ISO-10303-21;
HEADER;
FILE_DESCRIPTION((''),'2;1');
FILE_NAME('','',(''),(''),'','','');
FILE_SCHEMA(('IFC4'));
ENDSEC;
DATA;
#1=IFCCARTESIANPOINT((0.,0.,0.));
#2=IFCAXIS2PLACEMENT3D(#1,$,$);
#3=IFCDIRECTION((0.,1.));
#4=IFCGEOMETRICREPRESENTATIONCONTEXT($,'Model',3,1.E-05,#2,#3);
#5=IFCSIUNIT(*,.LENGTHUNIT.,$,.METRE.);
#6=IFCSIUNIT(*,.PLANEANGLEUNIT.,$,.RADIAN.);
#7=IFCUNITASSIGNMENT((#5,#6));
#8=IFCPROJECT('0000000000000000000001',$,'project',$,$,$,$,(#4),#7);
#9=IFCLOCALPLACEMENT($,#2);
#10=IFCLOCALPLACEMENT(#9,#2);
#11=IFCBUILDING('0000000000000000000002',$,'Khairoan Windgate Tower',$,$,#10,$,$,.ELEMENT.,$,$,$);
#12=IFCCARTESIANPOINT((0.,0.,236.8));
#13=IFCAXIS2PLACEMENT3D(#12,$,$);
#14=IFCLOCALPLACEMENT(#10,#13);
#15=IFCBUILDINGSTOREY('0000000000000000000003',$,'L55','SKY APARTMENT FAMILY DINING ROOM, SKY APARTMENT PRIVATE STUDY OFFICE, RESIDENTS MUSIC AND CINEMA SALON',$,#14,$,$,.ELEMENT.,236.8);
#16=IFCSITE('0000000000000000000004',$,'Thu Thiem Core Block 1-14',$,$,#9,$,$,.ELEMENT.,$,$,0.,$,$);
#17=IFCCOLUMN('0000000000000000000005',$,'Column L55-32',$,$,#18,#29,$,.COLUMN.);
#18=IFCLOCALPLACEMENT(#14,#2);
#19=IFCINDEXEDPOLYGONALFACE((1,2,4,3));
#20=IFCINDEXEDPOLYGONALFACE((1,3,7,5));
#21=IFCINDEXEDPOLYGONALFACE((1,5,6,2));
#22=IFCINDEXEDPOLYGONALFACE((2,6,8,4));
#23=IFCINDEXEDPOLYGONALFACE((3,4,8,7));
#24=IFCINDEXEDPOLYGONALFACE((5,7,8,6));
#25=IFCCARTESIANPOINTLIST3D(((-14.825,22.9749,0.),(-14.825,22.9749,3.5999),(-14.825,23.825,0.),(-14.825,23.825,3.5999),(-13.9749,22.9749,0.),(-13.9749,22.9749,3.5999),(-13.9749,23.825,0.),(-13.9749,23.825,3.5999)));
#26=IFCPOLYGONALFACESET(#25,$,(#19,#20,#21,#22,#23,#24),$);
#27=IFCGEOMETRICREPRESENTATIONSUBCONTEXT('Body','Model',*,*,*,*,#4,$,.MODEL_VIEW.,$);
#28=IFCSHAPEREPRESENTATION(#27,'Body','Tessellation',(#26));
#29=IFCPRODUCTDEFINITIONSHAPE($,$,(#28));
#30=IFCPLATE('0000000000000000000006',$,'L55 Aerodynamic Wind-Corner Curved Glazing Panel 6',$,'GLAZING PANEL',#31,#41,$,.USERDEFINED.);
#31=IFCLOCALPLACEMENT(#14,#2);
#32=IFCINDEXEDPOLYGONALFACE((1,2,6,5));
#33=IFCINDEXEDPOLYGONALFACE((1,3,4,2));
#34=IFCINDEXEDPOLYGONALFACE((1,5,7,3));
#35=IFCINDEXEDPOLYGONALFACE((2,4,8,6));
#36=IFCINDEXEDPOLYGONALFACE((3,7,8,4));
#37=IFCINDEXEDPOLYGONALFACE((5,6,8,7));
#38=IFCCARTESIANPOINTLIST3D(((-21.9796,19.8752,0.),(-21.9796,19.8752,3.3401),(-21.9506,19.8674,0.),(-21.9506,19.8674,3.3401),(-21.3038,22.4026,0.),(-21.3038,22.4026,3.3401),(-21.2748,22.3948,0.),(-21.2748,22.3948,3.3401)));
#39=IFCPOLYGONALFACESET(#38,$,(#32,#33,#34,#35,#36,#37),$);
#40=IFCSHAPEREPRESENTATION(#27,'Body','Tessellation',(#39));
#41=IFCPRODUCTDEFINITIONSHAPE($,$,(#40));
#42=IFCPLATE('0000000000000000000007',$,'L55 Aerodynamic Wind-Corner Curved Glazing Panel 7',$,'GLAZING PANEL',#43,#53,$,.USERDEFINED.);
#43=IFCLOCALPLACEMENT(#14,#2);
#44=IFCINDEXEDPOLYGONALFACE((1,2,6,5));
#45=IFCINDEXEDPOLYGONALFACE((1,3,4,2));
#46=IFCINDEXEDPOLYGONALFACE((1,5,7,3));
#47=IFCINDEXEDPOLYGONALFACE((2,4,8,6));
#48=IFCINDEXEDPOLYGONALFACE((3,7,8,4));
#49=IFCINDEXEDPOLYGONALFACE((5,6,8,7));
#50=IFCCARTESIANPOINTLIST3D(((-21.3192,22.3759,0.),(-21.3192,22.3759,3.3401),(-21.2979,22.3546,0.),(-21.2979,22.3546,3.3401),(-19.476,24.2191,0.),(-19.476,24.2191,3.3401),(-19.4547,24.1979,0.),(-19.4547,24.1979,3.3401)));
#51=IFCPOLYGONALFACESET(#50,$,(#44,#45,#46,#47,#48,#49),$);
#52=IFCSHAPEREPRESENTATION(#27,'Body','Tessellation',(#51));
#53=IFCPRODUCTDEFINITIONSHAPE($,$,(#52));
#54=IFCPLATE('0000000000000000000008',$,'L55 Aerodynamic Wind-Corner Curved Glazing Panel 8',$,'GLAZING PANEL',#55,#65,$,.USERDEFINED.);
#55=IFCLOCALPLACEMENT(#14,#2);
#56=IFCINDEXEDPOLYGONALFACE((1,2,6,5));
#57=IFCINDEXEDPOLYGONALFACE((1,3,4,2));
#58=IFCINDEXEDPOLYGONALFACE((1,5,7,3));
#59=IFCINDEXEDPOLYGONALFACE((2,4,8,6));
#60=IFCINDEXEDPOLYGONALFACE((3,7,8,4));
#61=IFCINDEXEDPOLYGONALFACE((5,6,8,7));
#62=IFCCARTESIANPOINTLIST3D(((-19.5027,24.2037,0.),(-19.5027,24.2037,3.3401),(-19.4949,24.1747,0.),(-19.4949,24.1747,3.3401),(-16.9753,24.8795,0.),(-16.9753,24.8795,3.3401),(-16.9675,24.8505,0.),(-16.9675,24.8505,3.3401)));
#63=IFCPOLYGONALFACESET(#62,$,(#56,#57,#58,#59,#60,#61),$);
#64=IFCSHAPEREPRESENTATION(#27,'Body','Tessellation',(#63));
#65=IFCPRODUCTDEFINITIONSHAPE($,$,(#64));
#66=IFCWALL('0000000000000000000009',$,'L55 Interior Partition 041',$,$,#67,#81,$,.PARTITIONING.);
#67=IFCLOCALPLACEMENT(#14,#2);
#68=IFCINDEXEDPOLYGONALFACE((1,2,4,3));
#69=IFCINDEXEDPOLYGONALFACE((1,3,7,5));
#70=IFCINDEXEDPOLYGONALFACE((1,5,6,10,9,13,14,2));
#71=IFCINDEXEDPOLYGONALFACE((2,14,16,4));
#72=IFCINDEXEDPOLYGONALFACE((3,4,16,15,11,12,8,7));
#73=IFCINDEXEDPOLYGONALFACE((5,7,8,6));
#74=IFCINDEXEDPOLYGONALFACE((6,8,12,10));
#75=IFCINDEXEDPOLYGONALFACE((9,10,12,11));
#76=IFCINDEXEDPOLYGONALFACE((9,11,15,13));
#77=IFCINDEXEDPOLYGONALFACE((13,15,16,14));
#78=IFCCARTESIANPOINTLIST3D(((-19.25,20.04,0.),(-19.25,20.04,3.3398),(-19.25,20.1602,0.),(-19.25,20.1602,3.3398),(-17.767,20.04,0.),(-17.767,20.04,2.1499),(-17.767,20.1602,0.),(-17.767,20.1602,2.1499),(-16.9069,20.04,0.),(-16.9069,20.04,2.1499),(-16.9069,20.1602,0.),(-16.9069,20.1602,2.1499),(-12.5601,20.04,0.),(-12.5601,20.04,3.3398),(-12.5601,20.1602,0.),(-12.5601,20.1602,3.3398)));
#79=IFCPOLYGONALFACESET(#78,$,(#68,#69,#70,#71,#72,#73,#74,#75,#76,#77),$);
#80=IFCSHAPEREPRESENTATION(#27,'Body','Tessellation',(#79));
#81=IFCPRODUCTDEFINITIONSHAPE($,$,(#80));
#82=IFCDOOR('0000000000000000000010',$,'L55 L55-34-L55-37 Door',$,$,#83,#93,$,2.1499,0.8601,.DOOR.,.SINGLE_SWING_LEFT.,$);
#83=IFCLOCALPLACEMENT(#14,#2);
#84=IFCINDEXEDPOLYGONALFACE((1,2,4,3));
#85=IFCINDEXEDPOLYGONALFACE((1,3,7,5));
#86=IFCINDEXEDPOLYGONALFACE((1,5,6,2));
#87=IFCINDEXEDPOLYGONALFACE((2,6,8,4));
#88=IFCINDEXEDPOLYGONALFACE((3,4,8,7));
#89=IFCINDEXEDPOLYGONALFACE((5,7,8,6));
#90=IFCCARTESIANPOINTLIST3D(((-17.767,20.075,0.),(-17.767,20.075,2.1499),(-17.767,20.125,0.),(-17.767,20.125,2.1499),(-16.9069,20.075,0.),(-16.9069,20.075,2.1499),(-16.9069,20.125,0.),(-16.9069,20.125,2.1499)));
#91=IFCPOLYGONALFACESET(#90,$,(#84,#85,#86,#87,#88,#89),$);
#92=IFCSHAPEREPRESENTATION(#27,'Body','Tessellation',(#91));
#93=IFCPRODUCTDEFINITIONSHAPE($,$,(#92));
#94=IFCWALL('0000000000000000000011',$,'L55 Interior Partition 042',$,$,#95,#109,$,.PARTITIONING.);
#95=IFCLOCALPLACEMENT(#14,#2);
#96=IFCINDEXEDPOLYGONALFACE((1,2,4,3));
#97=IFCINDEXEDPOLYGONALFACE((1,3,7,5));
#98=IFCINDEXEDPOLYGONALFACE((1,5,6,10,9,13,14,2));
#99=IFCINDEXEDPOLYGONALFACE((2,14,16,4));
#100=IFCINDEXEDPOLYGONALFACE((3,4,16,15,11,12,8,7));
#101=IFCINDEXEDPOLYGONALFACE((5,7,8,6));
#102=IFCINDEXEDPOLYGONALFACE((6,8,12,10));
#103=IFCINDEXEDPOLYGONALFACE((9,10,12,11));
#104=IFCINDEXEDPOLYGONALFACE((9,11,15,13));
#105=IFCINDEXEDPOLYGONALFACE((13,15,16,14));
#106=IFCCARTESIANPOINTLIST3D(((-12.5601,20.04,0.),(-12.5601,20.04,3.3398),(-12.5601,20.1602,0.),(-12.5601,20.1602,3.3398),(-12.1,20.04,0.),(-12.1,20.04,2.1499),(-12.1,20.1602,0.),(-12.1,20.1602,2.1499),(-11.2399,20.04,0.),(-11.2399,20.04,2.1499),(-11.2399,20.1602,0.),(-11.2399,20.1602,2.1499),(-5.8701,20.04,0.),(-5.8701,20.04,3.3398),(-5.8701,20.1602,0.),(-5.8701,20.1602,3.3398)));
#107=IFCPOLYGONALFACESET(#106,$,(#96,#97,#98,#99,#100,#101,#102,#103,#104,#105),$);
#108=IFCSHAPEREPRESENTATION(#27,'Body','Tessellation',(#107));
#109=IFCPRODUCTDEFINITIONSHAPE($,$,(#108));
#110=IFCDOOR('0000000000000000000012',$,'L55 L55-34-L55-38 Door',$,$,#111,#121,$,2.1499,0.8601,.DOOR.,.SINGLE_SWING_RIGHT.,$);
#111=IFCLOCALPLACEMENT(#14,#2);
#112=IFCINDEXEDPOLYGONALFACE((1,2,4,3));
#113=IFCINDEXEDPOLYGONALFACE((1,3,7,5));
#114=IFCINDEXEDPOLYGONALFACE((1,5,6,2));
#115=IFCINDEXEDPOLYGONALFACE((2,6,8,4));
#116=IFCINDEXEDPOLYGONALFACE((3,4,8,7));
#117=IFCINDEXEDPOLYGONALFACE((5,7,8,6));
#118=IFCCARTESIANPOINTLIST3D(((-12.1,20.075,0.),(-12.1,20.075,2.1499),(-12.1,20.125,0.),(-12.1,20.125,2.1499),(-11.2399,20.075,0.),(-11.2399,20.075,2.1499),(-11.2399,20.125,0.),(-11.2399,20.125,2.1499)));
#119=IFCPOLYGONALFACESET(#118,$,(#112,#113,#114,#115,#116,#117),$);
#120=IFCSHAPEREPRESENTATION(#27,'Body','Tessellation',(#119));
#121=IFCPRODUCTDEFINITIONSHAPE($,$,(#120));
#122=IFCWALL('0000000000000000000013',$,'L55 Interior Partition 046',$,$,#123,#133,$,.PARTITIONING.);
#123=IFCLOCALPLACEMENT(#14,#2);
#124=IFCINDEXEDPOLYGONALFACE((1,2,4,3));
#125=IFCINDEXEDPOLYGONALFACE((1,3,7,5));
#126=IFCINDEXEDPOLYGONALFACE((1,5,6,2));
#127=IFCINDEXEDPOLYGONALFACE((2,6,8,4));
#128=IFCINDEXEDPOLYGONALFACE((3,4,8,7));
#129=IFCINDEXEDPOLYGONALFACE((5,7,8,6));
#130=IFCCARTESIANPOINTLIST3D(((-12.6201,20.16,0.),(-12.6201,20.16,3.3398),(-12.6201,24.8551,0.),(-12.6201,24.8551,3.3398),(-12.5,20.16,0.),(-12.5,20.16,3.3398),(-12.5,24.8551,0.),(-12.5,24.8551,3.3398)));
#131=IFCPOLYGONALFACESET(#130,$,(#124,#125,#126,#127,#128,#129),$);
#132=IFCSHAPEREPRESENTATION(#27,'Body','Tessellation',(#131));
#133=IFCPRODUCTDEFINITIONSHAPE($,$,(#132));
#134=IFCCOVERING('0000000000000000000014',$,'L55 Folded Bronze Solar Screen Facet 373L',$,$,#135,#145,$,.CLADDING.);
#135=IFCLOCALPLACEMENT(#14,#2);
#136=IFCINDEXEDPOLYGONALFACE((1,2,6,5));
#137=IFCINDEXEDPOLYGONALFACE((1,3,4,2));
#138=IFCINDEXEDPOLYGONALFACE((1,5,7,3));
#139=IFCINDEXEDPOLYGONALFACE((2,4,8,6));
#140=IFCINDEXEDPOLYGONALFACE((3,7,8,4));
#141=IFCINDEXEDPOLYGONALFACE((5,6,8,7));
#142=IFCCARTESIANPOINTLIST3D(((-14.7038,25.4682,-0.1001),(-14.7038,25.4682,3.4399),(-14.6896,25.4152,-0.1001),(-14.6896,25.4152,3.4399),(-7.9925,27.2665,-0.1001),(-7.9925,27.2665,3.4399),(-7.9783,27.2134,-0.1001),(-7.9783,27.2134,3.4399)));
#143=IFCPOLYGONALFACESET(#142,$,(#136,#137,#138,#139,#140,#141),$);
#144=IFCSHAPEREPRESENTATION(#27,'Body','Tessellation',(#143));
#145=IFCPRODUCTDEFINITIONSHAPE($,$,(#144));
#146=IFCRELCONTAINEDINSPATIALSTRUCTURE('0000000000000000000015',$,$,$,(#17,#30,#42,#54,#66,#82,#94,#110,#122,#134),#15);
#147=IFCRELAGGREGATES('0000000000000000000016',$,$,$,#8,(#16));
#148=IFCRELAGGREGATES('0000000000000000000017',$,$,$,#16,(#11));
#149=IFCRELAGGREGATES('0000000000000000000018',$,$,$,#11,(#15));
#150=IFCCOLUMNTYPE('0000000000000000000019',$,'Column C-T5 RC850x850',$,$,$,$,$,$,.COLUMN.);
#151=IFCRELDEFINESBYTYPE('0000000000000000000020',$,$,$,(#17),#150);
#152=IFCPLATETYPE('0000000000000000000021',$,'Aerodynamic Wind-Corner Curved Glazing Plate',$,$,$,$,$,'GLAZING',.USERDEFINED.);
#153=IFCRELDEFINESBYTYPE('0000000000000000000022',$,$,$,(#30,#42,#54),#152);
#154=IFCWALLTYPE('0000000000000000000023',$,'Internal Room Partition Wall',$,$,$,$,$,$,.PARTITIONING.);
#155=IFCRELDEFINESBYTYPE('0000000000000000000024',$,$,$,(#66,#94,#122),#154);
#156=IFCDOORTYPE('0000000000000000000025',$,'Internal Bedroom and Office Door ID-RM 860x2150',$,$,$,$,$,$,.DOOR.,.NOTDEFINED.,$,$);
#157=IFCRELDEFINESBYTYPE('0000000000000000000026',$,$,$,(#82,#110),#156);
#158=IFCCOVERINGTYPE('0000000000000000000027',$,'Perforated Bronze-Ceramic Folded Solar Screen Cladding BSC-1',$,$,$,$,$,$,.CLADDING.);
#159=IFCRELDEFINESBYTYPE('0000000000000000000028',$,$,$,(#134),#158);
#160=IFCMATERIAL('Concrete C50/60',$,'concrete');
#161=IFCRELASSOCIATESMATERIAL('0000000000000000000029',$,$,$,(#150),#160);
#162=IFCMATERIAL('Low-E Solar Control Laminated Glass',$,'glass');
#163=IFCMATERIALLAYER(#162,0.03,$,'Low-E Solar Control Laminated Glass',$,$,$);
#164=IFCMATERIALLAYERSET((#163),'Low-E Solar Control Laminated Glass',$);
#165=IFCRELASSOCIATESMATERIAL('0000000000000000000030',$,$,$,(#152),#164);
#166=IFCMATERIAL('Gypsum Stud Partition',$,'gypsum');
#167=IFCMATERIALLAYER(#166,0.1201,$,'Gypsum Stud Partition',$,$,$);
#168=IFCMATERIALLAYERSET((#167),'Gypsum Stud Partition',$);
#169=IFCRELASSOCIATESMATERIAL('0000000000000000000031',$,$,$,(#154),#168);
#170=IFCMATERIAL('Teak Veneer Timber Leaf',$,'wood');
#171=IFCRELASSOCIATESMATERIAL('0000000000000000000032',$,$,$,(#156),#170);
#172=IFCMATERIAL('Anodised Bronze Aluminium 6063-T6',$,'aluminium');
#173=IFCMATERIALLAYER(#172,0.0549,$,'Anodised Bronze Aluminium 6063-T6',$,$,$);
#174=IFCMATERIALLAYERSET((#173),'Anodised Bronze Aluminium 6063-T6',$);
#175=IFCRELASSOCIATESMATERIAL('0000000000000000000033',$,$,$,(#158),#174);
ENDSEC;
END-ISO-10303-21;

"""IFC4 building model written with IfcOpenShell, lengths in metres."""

from ifc_helpers import new_model, si_unit, direction, frame, frame_2d, origin, origin_2d, place, context, subcontext, project, spatial, rectangle, extrude, material, layer, layer_set, material_profile, profile_set, type_object, element, fill, save


model = new_model("IFC4")

# Units and contexts
model_context = context("Model", 3, precision=1e-05, world=origin(), true_north=direction((0.0, 1.0)))
body_context = subcontext(model_context, "Body", "Model", "MODEL_VIEW")
ifc_project = project(units=[si_unit("LENGTHUNIT", "METRE"), si_unit("PLANEANGLEUNIT", "RADIAN")], contexts=[model_context])

# Site, building, storey
site_placement = place(None, origin())
site = spatial("IfcSite", under=ifc_project, at=site_placement, Name="Thu Thiem Core Block 1-14", CompositionType="ELEMENT", RefElevation=0.0)
building_placement = place(site_placement, origin())
building = spatial("IfcBuilding", under=site, at=building_placement, Name="Khairoan Windgate Tower", CompositionType="ELEMENT")
storey_placement = place(building_placement, frame((0.0, 0.0, 236.8)))
storey = spatial("IfcBuildingStorey", under=building, at=storey_placement, Name="L55", Description="SKY APARTMENT FAMILY DINING ROOM, SKY APARTMENT PRIVATE STUDY OFFICE, RESIDENTS MUSIC AND CINEMA SALON", CompositionType="ELEMENT", Elevation=236.8)

# Column
ifc_material_1 = material(Name="Concrete C50/60", Category="concrete")
ifc_material_profile_1 = material_profile(ifc_material_1, rectangle(XDim=0.8501, YDim=0.8501, at=origin_2d()))
ifc_profile_set_1 = profile_set([ifc_material_profile_1], Name="Concrete C50/60")
column_type = type_object("IfcColumnType", Name="Column C-T5 RC850x850", PredefinedType="COLUMN", material=ifc_profile_set_1)
column_placement = place(storey_placement, frame((-14.3999, 23.3999, 0.0), z_axis=(0.0, 0.0, 1.0), x_axis=(1.0, 0.0, 0.0)))
element("IfcColumn", 1, at=column_placement, inside=storey, type_object=column_type, Name="Column L55-32", PredefinedType="COLUMN", context=body_context, shape_type="SweptSolid", body=[
    extrude(rectangle(XDim=0.8501, YDim=0.8501, at=origin_2d()), origin(), (0.0, 0.0, 1.0), 3.5999),
])

# Plates
ifc_material_2 = material(Name="Low-E Solar Control Laminated Glass", Category="glass")
ifc_layer_1 = layer(ifc_material_2, 0.03, Name="Low-E Solar Control Laminated Glass")
ifc_layer_set_1 = layer_set([ifc_layer_1], Name="Low-E Solar Control Laminated Glass")
plate_type_1 = type_object("IfcPlateType", Name="Aerodynamic Wind-Corner Curved Glazing Plate", ElementType="GLAZING", PredefinedType="USERDEFINED", material=ifc_layer_set_1)
plate_1_placement = place(storey_placement, frame((-21.6272, 21.135, 0.0), z_axis=(0.0, 0.0, 1.0), x_axis=(0.258313, 0.966061, 0.0)))
element("IfcPlate", 2, at=plate_1_placement, inside=storey, type_object=plate_type_1, Name="L55 Aerodynamic Wind-Corner Curved Glazing Panel 6", ObjectType="GLAZING PANEL", PredefinedType="USERDEFINED", context=body_context, shape_type="SweptSolid", body=[
    extrude(rectangle(XDim=2.6162, YDim=0.03, at=origin_2d()), origin(), (0.0, 0.0, 1.0), 3.3401),
])
plate_2_placement = place(storey_placement, frame((-20.387, 23.2869, 0.0), z_axis=(0.0, 0.0, 1.0), x_axis=(0.707107, 0.707107, 0.0)))
element("IfcPlate", 3, at=plate_2_placement, inside=storey, type_object=plate_type_1, Name="L55 Aerodynamic Wind-Corner Curved Glazing Panel 7", ObjectType="GLAZING PANEL", PredefinedType="USERDEFINED", context=body_context, shape_type="SweptSolid", body=[
    extrude(rectangle(XDim=2.6067, YDim=0.03, at=origin_2d()), origin(), (0.0, 0.0, 1.0), 3.3401),
])
plate_3_placement = place(storey_placement, frame((-18.2351, 24.5271, 0.0), z_axis=(0.0, 0.0, 1.0), x_axis=(0.966061, 0.258313, 0.0)))
element("IfcPlate", 4, at=plate_3_placement, inside=storey, type_object=plate_type_1, Name="L55 Aerodynamic Wind-Corner Curved Glazing Panel 8", ObjectType="GLAZING PANEL", PredefinedType="USERDEFINED", context=body_context, shape_type="SweptSolid", body=[
    extrude(rectangle(XDim=2.6162, YDim=0.03, at=origin_2d()), origin(), (0.0, 0.0, 1.0), 3.3401),
])

# Walls, openings, doors
ifc_material_3 = material(Name="Gypsum Stud Partition", Category="gypsum")
ifc_layer_2 = layer(ifc_material_3, 0.1201, Name="Gypsum Stud Partition")
ifc_layer_set_2 = layer_set([ifc_layer_2], Name="Gypsum Stud Partition")
wall_type = type_object("IfcWallType", Name="Internal Room Partition Wall", PredefinedType="PARTITIONING", material=ifc_layer_set_2)
wall_1_placement = place(storey_placement, frame((-19.25, 20.1001, 0.0), z_axis=(0.0, 0.0, 1.0), x_axis=(1.0, 0.0, 0.0)))
wall_1 = element("IfcWall", 5, at=wall_1_placement, inside=storey, type_object=wall_type, Name="L55 Interior Partition 041", PredefinedType="PARTITIONING", context=body_context, shape_type="SweptSolid", body=[
    extrude(rectangle(XDim=6.6899, YDim=0.1201, at=frame_2d((3.345, 0.0))), origin(), (0.0, 0.0, 1.0), 3.3398),
])
opening_1_placement = place(wall_1_placement, frame((1.4829, 0.0, 0.0)))
opening_1 = element("IfcOpeningElement", 6, at=opening_1_placement, cuts=wall_1, PredefinedType="OPENING", context=body_context, shape_type="SweptSolid", body=[
    extrude(rectangle(XDim=0.8601, YDim=2.1499, at=frame_2d((0.4302, 1.075))), frame((0.0, 0.0701, 0.0), z_axis=(0.0, -1.0, 0.0), x_axis=(1.0, 0.0, 0.0)), (0.0, 0.0, 1.0), 0.1401),
])
ifc_material_4 = material(Name="Teak Veneer Timber Leaf", Category="wood")
door_type = type_object("IfcDoorType", Name="Internal Bedroom and Office Door ID-RM 860x2150", OperationType="NOTDEFINED", PredefinedType="DOOR", material=ifc_material_4)
door_1_placement = place(opening_1_placement, origin())
door_1 = element("IfcDoor", 7, at=door_1_placement, inside=storey, type_object=door_type, Name="L55 L55-34-L55-37 Door", OperationType="SINGLE_SWING_LEFT", OverallHeight=2.1499, OverallWidth=0.8601, PredefinedType="DOOR", context=body_context, shape_type="SweptSolid", body=[
    extrude(rectangle(XDim=0.8601, YDim=2.1499, at=frame_2d((0.4302, 1.075))), frame((0.0, 0.0249, 0.0), z_axis=(0.0, -1.0, 0.0), x_axis=(1.0, 0.0, 0.0)), (0.0, 0.0, 1.0), 0.05),
])
fill(opening_1, door_1)
wall_2_placement = place(storey_placement, frame((-12.5601, 20.1001, 0.0), z_axis=(0.0, 0.0, 1.0), x_axis=(1.0, 0.0, 0.0)))
wall_2 = element("IfcWall", 8, at=wall_2_placement, inside=storey, type_object=wall_type, Name="L55 Interior Partition 042", PredefinedType="PARTITIONING", context=body_context, shape_type="SweptSolid", body=[
    extrude(rectangle(XDim=6.6899, YDim=0.1201, at=frame_2d((3.345, 0.0))), origin(), (0.0, 0.0, 1.0), 3.3398),
])
opening_2_placement = place(wall_2_placement, frame((0.46, 0.0, 0.0)))
opening_2 = element("IfcOpeningElement", 9, at=opening_2_placement, cuts=wall_2, PredefinedType="OPENING", context=body_context, shape_type="SweptSolid", body=[
    extrude(rectangle(XDim=0.8601, YDim=2.1499, at=frame_2d((0.4302, 1.075))), frame((0.0, 0.0701, 0.0), z_axis=(0.0, -1.0, 0.0), x_axis=(1.0, 0.0, 0.0)), (0.0, 0.0, 1.0), 0.1401),
])
door_2_placement = place(opening_2_placement, origin())
door_2 = element("IfcDoor", 10, at=door_2_placement, inside=storey, type_object=door_type, Name="L55 L55-34-L55-38 Door", OperationType="SINGLE_SWING_RIGHT", OverallHeight=2.1499, OverallWidth=0.8601, PredefinedType="DOOR", context=body_context, shape_type="SweptSolid", body=[
    extrude(rectangle(XDim=0.8601, YDim=2.1499, at=frame_2d((0.4302, 1.075))), frame((0.0, 0.0249, 0.0), z_axis=(0.0, -1.0, 0.0), x_axis=(1.0, 0.0, 0.0)), (0.0, 0.0, 1.0), 0.05),
])
fill(opening_2, door_2)

# Wall
wall_3_placement = place(storey_placement, frame((-12.5601, 20.1599, 0.0), z_axis=(0.0, 0.0, 1.0), x_axis=(0.0, 1.0, 0.0)))
element("IfcWall", 11, at=wall_3_placement, inside=storey, type_object=wall_type, Name="L55 Interior Partition 046", PredefinedType="PARTITIONING", context=body_context, shape_type="SweptSolid", body=[
    extrude(rectangle(XDim=4.6951, YDim=0.1201, at=frame_2d((2.3477, 0.0))), origin(), (0.0, 0.0, 1.0), 3.3398),
])

# Covering
ifc_material_5 = material(Name="Anodised Bronze Aluminium 6063-T6", Category="aluminium")
ifc_layer_3 = layer(ifc_material_5, 0.0549, Name="Anodised Bronze Aluminium 6063-T6")
ifc_layer_set_3 = layer_set([ifc_layer_3], Name="Anodised Bronze Aluminium 6063-T6")
covering_type = type_object("IfcCoveringType", Name="Perforated Bronze-Ceramic Folded Solar Screen Cladding BSC-1", PredefinedType="CLADDING", material=ifc_layer_set_3)
covering_placement = place(storey_placement, frame((-11.3411, 26.3408, -0.1001), z_axis=(0.0, 0.0, 1.0), x_axis=(0.965926, 0.258819, 0.0)))
element("IfcCovering", 12, at=covering_placement, inside=storey, type_object=covering_type, Name="L55 Folded Bronze Solar Screen Facet 373L", PredefinedType="CLADDING", context=body_context, shape_type="SweptSolid", body=[
    extrude(rectangle(XDim=6.948, YDim=0.0549, at=origin_2d()), origin(), (0.0, 0.0, 1.0), 3.54),
])

save(model, "model.ifc")
